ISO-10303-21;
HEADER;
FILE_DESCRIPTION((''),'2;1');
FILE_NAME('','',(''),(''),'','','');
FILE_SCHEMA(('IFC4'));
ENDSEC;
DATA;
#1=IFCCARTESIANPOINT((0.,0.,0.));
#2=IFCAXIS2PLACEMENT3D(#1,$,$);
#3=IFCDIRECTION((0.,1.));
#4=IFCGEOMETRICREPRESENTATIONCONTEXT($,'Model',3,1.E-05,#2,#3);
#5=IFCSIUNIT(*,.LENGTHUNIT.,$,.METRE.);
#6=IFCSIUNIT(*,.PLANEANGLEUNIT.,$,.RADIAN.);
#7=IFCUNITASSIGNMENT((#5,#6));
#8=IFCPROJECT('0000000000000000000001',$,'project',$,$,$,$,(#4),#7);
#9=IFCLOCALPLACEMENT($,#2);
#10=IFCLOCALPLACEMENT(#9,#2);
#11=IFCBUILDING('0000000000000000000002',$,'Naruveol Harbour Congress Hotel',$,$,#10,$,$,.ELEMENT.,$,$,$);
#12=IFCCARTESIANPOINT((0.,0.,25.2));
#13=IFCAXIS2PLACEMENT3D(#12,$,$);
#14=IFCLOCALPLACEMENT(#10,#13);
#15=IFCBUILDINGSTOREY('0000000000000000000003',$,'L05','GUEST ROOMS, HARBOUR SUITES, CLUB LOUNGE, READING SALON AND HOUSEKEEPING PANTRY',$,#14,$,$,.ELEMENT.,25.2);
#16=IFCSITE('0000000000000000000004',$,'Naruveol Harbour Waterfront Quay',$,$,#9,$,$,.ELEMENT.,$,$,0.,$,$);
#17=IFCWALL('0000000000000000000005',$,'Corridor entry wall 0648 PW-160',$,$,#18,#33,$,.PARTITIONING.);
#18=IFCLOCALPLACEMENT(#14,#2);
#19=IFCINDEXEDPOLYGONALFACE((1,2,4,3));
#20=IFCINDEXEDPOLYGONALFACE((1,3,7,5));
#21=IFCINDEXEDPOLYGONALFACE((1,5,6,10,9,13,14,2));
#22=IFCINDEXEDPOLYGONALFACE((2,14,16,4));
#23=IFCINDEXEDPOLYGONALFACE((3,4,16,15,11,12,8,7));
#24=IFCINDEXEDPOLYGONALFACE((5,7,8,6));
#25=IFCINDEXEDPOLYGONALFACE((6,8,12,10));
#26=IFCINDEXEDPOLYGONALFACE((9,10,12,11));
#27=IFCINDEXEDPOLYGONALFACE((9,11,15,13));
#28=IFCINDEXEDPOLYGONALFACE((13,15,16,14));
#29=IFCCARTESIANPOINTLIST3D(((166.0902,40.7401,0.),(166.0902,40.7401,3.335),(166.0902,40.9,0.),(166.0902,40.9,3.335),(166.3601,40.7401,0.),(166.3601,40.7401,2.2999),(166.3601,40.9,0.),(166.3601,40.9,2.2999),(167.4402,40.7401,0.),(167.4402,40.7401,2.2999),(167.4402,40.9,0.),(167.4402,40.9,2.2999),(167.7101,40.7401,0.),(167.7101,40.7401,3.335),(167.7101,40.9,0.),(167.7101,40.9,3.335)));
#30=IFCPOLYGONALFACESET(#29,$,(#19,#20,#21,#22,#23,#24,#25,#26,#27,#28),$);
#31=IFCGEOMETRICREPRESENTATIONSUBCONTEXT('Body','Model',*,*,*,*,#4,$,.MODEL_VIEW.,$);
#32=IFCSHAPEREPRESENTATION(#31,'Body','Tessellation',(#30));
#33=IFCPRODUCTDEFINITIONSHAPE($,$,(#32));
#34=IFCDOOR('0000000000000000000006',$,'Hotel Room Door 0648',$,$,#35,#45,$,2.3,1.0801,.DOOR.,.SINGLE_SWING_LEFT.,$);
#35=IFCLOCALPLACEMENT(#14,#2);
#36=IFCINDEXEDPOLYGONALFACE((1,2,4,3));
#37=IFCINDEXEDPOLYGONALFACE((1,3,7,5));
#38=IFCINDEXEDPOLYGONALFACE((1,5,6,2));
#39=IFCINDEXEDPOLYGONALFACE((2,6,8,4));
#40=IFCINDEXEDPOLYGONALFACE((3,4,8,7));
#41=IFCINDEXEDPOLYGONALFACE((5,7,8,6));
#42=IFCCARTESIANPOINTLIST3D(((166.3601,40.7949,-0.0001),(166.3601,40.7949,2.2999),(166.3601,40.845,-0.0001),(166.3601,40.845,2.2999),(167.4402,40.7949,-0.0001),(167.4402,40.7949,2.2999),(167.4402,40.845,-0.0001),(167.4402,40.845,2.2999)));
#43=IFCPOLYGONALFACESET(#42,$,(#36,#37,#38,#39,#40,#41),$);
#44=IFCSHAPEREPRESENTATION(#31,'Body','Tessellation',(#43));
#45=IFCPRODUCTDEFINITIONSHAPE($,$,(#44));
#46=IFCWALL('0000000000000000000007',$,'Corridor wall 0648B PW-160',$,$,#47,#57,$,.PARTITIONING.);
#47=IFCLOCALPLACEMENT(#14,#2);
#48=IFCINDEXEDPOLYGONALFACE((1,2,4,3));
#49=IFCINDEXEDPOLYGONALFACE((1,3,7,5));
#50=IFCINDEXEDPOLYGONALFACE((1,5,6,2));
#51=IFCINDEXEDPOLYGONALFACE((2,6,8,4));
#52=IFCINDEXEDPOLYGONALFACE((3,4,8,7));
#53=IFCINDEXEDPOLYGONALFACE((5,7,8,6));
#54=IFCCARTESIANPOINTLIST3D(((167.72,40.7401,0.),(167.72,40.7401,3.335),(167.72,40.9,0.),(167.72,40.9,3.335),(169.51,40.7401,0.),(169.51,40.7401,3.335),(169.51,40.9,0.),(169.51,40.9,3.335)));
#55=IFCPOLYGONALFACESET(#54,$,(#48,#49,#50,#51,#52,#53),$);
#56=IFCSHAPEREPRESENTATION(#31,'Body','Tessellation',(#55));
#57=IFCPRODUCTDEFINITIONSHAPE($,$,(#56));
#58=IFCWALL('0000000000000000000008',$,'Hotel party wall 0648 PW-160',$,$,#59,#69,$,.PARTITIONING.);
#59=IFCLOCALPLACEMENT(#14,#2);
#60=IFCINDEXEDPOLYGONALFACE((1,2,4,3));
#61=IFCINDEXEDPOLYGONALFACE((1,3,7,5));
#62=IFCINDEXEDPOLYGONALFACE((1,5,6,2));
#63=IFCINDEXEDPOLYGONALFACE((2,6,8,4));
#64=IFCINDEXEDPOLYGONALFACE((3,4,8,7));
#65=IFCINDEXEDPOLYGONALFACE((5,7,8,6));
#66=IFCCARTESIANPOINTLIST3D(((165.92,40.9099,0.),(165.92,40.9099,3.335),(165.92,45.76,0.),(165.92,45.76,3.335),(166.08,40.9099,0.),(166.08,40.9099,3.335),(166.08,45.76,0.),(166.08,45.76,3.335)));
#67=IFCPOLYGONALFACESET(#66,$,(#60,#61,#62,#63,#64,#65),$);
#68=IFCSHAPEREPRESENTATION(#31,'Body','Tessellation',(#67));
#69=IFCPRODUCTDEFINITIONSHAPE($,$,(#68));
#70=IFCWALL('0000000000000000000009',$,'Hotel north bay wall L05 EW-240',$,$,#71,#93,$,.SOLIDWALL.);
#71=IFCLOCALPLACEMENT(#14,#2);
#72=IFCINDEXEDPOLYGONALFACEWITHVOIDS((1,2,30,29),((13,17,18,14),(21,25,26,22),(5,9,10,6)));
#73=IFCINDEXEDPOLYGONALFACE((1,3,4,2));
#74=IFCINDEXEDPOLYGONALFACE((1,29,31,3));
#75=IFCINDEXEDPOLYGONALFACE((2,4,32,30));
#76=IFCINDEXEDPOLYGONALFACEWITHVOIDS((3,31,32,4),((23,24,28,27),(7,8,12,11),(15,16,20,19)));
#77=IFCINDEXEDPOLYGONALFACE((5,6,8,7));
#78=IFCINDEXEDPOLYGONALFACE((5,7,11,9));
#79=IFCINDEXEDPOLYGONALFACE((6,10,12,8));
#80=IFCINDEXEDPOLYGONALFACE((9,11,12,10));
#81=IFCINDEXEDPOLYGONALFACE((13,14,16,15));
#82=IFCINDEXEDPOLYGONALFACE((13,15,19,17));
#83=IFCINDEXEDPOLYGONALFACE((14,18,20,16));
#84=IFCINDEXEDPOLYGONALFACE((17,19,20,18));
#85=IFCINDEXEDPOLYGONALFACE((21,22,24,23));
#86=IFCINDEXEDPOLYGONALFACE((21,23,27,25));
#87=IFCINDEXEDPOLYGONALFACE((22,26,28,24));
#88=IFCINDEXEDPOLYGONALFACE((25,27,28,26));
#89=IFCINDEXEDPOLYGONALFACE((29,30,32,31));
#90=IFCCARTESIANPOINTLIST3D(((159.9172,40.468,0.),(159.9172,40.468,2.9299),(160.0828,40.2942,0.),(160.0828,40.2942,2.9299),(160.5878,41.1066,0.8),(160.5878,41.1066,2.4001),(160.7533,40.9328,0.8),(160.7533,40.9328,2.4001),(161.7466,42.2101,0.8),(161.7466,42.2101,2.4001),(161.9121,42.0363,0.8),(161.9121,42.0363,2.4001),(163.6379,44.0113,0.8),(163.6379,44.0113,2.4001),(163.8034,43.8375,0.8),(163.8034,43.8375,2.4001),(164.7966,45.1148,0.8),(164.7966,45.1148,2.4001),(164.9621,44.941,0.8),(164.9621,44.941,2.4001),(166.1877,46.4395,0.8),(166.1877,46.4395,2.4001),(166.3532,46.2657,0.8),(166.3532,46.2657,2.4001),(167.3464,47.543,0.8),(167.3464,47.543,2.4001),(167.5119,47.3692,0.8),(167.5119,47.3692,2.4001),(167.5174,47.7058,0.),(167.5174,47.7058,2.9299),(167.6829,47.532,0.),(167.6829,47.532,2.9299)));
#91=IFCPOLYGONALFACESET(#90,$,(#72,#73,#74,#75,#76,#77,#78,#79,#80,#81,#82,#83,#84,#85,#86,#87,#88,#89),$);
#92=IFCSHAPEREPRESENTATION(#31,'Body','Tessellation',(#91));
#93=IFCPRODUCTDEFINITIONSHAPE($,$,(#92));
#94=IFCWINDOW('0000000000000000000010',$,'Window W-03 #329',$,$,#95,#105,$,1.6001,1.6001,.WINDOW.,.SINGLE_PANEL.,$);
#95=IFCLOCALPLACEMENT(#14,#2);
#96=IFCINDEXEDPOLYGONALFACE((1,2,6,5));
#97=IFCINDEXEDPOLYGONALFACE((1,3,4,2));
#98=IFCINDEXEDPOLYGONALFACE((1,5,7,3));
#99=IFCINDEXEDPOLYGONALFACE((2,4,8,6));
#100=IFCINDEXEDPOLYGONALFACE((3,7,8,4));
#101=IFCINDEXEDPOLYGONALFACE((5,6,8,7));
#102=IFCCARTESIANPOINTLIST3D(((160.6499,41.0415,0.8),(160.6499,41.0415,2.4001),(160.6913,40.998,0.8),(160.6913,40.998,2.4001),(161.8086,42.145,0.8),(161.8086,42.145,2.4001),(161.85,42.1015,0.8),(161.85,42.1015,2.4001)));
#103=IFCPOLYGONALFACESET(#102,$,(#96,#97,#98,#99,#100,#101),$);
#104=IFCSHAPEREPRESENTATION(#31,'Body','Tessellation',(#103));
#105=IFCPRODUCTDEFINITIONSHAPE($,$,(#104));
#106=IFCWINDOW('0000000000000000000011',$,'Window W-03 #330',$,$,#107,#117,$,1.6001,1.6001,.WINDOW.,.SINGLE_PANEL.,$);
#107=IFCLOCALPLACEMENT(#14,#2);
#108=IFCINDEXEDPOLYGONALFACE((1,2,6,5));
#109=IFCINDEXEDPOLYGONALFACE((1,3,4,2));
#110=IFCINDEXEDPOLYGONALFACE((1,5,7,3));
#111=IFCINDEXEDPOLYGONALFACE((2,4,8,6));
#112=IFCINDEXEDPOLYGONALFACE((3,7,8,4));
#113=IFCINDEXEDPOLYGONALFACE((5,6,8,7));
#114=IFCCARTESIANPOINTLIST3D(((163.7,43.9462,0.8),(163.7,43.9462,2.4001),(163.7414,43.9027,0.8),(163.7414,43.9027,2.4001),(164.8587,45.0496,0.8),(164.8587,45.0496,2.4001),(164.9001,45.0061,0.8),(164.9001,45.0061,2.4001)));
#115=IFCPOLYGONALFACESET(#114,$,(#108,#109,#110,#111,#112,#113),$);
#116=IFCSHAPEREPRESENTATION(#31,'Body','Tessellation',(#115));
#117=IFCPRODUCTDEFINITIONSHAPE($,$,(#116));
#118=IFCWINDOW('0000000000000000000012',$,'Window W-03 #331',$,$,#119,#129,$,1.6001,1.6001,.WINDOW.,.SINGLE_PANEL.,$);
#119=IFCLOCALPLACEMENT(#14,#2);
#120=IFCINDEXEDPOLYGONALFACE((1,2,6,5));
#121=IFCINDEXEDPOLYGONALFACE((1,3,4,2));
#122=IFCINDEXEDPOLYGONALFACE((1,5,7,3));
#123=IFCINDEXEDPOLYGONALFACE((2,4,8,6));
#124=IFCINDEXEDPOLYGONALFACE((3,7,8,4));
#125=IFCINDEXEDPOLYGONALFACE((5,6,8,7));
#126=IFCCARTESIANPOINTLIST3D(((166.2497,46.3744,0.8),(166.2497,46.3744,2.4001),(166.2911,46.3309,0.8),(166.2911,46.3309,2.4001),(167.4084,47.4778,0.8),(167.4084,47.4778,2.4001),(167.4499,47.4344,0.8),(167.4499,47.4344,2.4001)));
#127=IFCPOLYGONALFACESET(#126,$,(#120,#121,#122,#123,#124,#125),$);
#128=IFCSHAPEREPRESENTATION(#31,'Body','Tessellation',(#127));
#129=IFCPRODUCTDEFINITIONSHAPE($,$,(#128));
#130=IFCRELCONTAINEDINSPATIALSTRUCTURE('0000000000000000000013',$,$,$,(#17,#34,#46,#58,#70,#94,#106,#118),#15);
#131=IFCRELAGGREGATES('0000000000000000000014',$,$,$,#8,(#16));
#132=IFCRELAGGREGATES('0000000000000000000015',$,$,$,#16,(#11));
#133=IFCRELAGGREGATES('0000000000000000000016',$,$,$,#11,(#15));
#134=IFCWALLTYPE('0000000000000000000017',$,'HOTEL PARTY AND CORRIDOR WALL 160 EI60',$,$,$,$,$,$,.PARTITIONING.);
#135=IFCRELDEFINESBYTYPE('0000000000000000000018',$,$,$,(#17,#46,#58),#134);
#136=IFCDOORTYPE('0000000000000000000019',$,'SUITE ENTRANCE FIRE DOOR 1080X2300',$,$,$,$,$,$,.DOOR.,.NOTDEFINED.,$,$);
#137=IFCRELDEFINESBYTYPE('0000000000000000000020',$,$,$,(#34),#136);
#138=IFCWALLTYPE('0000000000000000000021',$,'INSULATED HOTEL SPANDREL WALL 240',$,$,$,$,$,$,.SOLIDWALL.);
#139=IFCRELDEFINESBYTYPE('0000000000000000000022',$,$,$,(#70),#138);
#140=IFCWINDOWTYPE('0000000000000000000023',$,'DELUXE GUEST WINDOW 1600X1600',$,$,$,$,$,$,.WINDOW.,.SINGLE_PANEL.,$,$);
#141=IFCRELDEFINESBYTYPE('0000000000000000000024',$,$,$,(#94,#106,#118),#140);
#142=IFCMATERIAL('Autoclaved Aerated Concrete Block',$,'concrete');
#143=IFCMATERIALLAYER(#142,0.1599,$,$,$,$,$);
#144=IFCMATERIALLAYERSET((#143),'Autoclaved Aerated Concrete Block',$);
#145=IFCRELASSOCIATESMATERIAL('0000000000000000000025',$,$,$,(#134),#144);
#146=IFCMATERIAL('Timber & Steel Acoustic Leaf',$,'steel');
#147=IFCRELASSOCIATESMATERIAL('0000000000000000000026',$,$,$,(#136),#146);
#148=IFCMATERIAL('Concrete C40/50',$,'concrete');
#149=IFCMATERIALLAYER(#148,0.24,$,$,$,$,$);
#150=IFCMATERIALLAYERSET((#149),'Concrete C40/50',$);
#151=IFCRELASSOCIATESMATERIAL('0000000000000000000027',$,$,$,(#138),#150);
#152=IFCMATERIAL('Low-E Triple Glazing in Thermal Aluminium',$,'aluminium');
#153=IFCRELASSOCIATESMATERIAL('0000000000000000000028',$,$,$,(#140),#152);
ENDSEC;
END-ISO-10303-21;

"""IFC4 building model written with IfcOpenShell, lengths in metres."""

from ifc_helpers import new_model, si_unit, direction, frame, frame_2d, origin, place, context, subcontext, project, spatial, rectangle, extrude, material, layer, layer_set, type_object, element, fill, save


model = new_model("IFC4")

# Units and contexts
model_context = context("Model", 3, precision=1e-05, world=origin(), true_north=direction((0.0, 1.0)))
body_context = subcontext(model_context, "Body", "Model", "MODEL_VIEW")
ifc_project = project(units=[si_unit("LENGTHUNIT", "METRE"), si_unit("PLANEANGLEUNIT", "RADIAN")], contexts=[model_context])

# Site, building, storey
site_placement = place(None, origin())
site = spatial("IfcSite", under=ifc_project, at=site_placement, Name="Naruveol Harbour Waterfront Quay", CompositionType="ELEMENT", RefElevation=0.0)
building_placement = place(site_placement, origin())
building = spatial("IfcBuilding", under=site, at=building_placement, Name="Naruveol Harbour Congress Hotel", CompositionType="ELEMENT")
storey_placement = place(building_placement, frame((0.0, 0.0, 25.2)))
storey = spatial("IfcBuildingStorey", under=building, at=storey_placement, Name="L05", Description="GUEST ROOMS, HARBOUR SUITES, CLUB LOUNGE, READING SALON AND HOUSEKEEPING PANTRY", CompositionType="ELEMENT", Elevation=25.2)

# Wall, opening, door
ifc_material_1 = material(Name="Autoclaved Aerated Concrete Block", Category="concrete")
ifc_layer_1 = layer(ifc_material_1, 0.1599)
ifc_layer_set_1 = layer_set([ifc_layer_1], Name="Autoclaved Aerated Concrete Block")
wall_type_1 = type_object("IfcWallType", Name="HOTEL PARTY AND CORRIDOR WALL 160 EI60", PredefinedType="PARTITIONING", material=ifc_layer_set_1)
wall_1_placement = place(storey_placement, frame((166.0901, 40.8201, 0.0), z_axis=(0.0, 0.0, 1.0), x_axis=(1.0, 0.0, 0.0)))
wall_1 = element("IfcWall", 1, at=wall_1_placement, inside=storey, type_object=wall_type_1, Name="Corridor entry wall 0648 PW-160", PredefinedType="PARTITIONING", context=body_context, shape_type="SweptSolid", body=[
    extrude(rectangle(XDim=1.6199, YDim=0.1599, at=frame_2d((0.8101, 0.0))), origin(), (0.0, 0.0, 1.0), 3.335),
])
opening_1_placement = place(wall_1_placement, frame((0.27, 0.0, 0.0)))
opening_1 = element("IfcOpeningElement", 2, at=opening_1_placement, cuts=wall_1, PredefinedType="OPENING", context=body_context, shape_type="SweptSolid", body=[
    extrude(rectangle(XDim=1.0801, YDim=2.3, at=frame_2d((0.54, 1.1499))), frame((0.0, 0.0898, 0.0), z_axis=(0.0, -1.0, 0.0), x_axis=(1.0, 0.0, 0.0)), (0.0, 0.0, 1.0), 0.1799),
])
ifc_material_2 = material(Name="Timber & Steel Acoustic Leaf", Category="steel")
door_type_1 = type_object("IfcDoorType", Name="SUITE ENTRANCE FIRE DOOR 1080X2300", OperationType="NOTDEFINED", PredefinedType="DOOR", material=ifc_material_2)
door_1_placement = place(opening_1_placement, origin())
door_1 = element("IfcDoor", 3, at=door_1_placement, inside=storey, type_object=door_type_1, Name="Hotel Room Door 0648", OperationType="SINGLE_SWING_LEFT", OverallHeight=2.3, OverallWidth=1.0801, PredefinedType="DOOR", context=body_context, shape_type="SweptSolid", body=[
    extrude(rectangle(XDim=1.0801, YDim=2.3, at=frame_2d((0.54, 1.1499))), frame((0.0, 0.0249, 0.0), z_axis=(0.0, -1.0, 0.0), x_axis=(1.0, 0.0, 0.0)), (0.0, 0.0, 1.0), 0.05),
])
fill(opening_1, door_1)

# Walls
wall_2_placement = place(storey_placement, frame((167.72, 40.8201, 0.0), z_axis=(0.0, 0.0, 1.0), x_axis=(1.0, 0.0, 0.0)))
element("IfcWall", 4, at=wall_2_placement, inside=storey, type_object=wall_type_1, Name="Corridor wall 0648B PW-160", PredefinedType="PARTITIONING", context=body_context, shape_type="SweptSolid", body=[
    extrude(rectangle(XDim=1.79, YDim=0.1599, at=frame_2d((0.895, 0.0))), origin(), (0.0, 0.0, 1.0), 3.335),
])
wall_3_placement = place(storey_placement, frame((166.0, 40.9099, 0.0), z_axis=(0.0, 0.0, 1.0), x_axis=(0.0, 1.0, 0.0)))
element("IfcWall", 5, at=wall_3_placement, inside=storey, type_object=wall_type_1, Name="Hotel party wall 0648 PW-160", PredefinedType="PARTITIONING", context=body_context, shape_type="SweptSolid", body=[
    extrude(rectangle(XDim=4.8501, YDim=0.1599, at=frame_2d((2.425, 0.0))), origin(), (0.0, 0.0, 1.0), 3.335),
])

# Wall, openings, windows
ifc_material_3 = material(Name="Concrete C40/50", Category="concrete")
ifc_layer_2 = layer(ifc_material_3, 0.24)
ifc_layer_set_2 = layer_set([ifc_layer_2], Name="Concrete C40/50")
wall_type_2 = type_object("IfcWallType", Name="INSULATED HOTEL SPANDREL WALL 240", PredefinedType="SOLIDWALL", material=ifc_layer_set_2)
wall_4_placement = place(storey_placement, frame((160.0, 40.3811, 0.0), z_axis=(0.0, 0.0, 1.0), x_axis=(0.724157, 0.689635, 0.0)))
wall_4 = element("IfcWall", 6, at=wall_4_placement, inside=storey, type_object=wall_type_2, Name="Hotel north bay wall L05 EW-240", PredefinedType="SOLIDWALL", context=body_context, shape_type="SweptSolid", body=[
    extrude(rectangle(XDim=10.4951, YDim=0.24, at=frame_2d((5.2476, 0.0))), origin(), (0.0, 0.0, 1.0), 2.9299),
])
opening_2_placement = place(wall_4_placement, frame((0.926, 0.0, 0.8)))
opening_2 = element("IfcOpeningElement", 7, at=opening_2_placement, cuts=wall_4, PredefinedType="OPENING", context=body_context, shape_type="SweptSolid", body=[
    extrude(rectangle(XDim=1.6001, YDim=1.6001, at=frame_2d((0.8, 0.8))), frame((0.0, 0.1299, 0.0), z_axis=(0.0, -1.0, 0.0), x_axis=(1.0, 0.0, 0.0)), (0.0, 0.0, 1.0), 0.26),
])
opening_3_placement = place(wall_4_placement, frame((5.1379, 0.0, 0.8)))
opening_3 = element("IfcOpeningElement", 8, at=opening_3_placement, cuts=wall_4, PredefinedType="OPENING", context=body_context, shape_type="SweptSolid", body=[
    extrude(rectangle(XDim=1.6001, YDim=1.6001, at=frame_2d((0.8, 0.8))), frame((0.0, 0.1299, 0.0), z_axis=(0.0, -1.0, 0.0), x_axis=(1.0, 0.0, 0.0)), (0.0, 0.0, 1.0), 0.26),
])
opening_4_placement = place(wall_4_placement, frame((8.6589, 0.0, 0.8)))
opening_4 = element("IfcOpeningElement", 9, at=opening_4_placement, cuts=wall_4, PredefinedType="OPENING", context=body_context, shape_type="SweptSolid", body=[
    extrude(rectangle(XDim=1.6001, YDim=1.6001, at=frame_2d((0.8, 0.8))), frame((0.0, 0.1299, 0.0), z_axis=(0.0, -1.0, 0.0), x_axis=(1.0, 0.0, 0.0)), (0.0, 0.0, 1.0), 0.26),
])
ifc_material_4 = material(Name="Low-E Triple Glazing in Thermal Aluminium", Category="aluminium")
window_type_1 = type_object("IfcWindowType", Name="DELUXE GUEST WINDOW 1600X1600", PartitioningType="SINGLE_PANEL", PredefinedType="WINDOW", material=ifc_material_4)
window_1_placement = place(opening_2_placement, origin())
window_1 = element("IfcWindow", 10, at=window_1_placement, inside=storey, type_object=window_type_1, Name="Window W-03 #329", OverallHeight=1.6001, OverallWidth=1.6001, PartitioningType="SINGLE_PANEL", PredefinedType="WINDOW", context=body_context, shape_type="SweptSolid", body=[
    extrude(rectangle(XDim=1.6001, YDim=1.6001, at=frame_2d((0.8, 0.8))), frame((0.0, 0.03, 0.0), z_axis=(0.0, -1.0, 0.0), x_axis=(1.0, 0.0, 0.0)), (0.0, 0.0, 1.0), 0.0601),
])
fill(opening_2, window_1)
window_2_placement = place(opening_3_placement, origin())
window_2 = element("IfcWindow", 11, at=window_2_placement, inside=storey, type_object=window_type_1, Name="Window W-03 #330", OverallHeight=1.6001, OverallWidth=1.6001, PartitioningType="SINGLE_PANEL", PredefinedType="WINDOW", context=body_context, shape_type="SweptSolid", body=[
    extrude(rectangle(XDim=1.6001, YDim=1.6001, at=frame_2d((0.8, 0.8))), frame((0.0, 0.03, 0.0), z_axis=(0.0, -1.0, 0.0), x_axis=(1.0, 0.0, 0.0)), (0.0, 0.0, 1.0), 0.0601),
])
fill(opening_3, window_2)
window_3_placement = place(opening_4_placement, origin())
window_3 = element("IfcWindow", 12, at=window_3_placement, inside=storey, type_object=window_type_1, Name="Window W-03 #331", OverallHeight=1.6001, OverallWidth=1.6001, PartitioningType="SINGLE_PANEL", PredefinedType="WINDOW", context=body_context, shape_type="SweptSolid", body=[
    extrude(rectangle(XDim=1.6001, YDim=1.6001, at=frame_2d((0.8, 0.8))), frame((0.0, 0.03, 0.0), z_axis=(0.0, -1.0, 0.0), x_axis=(1.0, 0.0, 0.0)), (0.0, 0.0, 1.0), 0.0601),
])
fill(opening_4, window_3)

save(model, "model.ifc")
